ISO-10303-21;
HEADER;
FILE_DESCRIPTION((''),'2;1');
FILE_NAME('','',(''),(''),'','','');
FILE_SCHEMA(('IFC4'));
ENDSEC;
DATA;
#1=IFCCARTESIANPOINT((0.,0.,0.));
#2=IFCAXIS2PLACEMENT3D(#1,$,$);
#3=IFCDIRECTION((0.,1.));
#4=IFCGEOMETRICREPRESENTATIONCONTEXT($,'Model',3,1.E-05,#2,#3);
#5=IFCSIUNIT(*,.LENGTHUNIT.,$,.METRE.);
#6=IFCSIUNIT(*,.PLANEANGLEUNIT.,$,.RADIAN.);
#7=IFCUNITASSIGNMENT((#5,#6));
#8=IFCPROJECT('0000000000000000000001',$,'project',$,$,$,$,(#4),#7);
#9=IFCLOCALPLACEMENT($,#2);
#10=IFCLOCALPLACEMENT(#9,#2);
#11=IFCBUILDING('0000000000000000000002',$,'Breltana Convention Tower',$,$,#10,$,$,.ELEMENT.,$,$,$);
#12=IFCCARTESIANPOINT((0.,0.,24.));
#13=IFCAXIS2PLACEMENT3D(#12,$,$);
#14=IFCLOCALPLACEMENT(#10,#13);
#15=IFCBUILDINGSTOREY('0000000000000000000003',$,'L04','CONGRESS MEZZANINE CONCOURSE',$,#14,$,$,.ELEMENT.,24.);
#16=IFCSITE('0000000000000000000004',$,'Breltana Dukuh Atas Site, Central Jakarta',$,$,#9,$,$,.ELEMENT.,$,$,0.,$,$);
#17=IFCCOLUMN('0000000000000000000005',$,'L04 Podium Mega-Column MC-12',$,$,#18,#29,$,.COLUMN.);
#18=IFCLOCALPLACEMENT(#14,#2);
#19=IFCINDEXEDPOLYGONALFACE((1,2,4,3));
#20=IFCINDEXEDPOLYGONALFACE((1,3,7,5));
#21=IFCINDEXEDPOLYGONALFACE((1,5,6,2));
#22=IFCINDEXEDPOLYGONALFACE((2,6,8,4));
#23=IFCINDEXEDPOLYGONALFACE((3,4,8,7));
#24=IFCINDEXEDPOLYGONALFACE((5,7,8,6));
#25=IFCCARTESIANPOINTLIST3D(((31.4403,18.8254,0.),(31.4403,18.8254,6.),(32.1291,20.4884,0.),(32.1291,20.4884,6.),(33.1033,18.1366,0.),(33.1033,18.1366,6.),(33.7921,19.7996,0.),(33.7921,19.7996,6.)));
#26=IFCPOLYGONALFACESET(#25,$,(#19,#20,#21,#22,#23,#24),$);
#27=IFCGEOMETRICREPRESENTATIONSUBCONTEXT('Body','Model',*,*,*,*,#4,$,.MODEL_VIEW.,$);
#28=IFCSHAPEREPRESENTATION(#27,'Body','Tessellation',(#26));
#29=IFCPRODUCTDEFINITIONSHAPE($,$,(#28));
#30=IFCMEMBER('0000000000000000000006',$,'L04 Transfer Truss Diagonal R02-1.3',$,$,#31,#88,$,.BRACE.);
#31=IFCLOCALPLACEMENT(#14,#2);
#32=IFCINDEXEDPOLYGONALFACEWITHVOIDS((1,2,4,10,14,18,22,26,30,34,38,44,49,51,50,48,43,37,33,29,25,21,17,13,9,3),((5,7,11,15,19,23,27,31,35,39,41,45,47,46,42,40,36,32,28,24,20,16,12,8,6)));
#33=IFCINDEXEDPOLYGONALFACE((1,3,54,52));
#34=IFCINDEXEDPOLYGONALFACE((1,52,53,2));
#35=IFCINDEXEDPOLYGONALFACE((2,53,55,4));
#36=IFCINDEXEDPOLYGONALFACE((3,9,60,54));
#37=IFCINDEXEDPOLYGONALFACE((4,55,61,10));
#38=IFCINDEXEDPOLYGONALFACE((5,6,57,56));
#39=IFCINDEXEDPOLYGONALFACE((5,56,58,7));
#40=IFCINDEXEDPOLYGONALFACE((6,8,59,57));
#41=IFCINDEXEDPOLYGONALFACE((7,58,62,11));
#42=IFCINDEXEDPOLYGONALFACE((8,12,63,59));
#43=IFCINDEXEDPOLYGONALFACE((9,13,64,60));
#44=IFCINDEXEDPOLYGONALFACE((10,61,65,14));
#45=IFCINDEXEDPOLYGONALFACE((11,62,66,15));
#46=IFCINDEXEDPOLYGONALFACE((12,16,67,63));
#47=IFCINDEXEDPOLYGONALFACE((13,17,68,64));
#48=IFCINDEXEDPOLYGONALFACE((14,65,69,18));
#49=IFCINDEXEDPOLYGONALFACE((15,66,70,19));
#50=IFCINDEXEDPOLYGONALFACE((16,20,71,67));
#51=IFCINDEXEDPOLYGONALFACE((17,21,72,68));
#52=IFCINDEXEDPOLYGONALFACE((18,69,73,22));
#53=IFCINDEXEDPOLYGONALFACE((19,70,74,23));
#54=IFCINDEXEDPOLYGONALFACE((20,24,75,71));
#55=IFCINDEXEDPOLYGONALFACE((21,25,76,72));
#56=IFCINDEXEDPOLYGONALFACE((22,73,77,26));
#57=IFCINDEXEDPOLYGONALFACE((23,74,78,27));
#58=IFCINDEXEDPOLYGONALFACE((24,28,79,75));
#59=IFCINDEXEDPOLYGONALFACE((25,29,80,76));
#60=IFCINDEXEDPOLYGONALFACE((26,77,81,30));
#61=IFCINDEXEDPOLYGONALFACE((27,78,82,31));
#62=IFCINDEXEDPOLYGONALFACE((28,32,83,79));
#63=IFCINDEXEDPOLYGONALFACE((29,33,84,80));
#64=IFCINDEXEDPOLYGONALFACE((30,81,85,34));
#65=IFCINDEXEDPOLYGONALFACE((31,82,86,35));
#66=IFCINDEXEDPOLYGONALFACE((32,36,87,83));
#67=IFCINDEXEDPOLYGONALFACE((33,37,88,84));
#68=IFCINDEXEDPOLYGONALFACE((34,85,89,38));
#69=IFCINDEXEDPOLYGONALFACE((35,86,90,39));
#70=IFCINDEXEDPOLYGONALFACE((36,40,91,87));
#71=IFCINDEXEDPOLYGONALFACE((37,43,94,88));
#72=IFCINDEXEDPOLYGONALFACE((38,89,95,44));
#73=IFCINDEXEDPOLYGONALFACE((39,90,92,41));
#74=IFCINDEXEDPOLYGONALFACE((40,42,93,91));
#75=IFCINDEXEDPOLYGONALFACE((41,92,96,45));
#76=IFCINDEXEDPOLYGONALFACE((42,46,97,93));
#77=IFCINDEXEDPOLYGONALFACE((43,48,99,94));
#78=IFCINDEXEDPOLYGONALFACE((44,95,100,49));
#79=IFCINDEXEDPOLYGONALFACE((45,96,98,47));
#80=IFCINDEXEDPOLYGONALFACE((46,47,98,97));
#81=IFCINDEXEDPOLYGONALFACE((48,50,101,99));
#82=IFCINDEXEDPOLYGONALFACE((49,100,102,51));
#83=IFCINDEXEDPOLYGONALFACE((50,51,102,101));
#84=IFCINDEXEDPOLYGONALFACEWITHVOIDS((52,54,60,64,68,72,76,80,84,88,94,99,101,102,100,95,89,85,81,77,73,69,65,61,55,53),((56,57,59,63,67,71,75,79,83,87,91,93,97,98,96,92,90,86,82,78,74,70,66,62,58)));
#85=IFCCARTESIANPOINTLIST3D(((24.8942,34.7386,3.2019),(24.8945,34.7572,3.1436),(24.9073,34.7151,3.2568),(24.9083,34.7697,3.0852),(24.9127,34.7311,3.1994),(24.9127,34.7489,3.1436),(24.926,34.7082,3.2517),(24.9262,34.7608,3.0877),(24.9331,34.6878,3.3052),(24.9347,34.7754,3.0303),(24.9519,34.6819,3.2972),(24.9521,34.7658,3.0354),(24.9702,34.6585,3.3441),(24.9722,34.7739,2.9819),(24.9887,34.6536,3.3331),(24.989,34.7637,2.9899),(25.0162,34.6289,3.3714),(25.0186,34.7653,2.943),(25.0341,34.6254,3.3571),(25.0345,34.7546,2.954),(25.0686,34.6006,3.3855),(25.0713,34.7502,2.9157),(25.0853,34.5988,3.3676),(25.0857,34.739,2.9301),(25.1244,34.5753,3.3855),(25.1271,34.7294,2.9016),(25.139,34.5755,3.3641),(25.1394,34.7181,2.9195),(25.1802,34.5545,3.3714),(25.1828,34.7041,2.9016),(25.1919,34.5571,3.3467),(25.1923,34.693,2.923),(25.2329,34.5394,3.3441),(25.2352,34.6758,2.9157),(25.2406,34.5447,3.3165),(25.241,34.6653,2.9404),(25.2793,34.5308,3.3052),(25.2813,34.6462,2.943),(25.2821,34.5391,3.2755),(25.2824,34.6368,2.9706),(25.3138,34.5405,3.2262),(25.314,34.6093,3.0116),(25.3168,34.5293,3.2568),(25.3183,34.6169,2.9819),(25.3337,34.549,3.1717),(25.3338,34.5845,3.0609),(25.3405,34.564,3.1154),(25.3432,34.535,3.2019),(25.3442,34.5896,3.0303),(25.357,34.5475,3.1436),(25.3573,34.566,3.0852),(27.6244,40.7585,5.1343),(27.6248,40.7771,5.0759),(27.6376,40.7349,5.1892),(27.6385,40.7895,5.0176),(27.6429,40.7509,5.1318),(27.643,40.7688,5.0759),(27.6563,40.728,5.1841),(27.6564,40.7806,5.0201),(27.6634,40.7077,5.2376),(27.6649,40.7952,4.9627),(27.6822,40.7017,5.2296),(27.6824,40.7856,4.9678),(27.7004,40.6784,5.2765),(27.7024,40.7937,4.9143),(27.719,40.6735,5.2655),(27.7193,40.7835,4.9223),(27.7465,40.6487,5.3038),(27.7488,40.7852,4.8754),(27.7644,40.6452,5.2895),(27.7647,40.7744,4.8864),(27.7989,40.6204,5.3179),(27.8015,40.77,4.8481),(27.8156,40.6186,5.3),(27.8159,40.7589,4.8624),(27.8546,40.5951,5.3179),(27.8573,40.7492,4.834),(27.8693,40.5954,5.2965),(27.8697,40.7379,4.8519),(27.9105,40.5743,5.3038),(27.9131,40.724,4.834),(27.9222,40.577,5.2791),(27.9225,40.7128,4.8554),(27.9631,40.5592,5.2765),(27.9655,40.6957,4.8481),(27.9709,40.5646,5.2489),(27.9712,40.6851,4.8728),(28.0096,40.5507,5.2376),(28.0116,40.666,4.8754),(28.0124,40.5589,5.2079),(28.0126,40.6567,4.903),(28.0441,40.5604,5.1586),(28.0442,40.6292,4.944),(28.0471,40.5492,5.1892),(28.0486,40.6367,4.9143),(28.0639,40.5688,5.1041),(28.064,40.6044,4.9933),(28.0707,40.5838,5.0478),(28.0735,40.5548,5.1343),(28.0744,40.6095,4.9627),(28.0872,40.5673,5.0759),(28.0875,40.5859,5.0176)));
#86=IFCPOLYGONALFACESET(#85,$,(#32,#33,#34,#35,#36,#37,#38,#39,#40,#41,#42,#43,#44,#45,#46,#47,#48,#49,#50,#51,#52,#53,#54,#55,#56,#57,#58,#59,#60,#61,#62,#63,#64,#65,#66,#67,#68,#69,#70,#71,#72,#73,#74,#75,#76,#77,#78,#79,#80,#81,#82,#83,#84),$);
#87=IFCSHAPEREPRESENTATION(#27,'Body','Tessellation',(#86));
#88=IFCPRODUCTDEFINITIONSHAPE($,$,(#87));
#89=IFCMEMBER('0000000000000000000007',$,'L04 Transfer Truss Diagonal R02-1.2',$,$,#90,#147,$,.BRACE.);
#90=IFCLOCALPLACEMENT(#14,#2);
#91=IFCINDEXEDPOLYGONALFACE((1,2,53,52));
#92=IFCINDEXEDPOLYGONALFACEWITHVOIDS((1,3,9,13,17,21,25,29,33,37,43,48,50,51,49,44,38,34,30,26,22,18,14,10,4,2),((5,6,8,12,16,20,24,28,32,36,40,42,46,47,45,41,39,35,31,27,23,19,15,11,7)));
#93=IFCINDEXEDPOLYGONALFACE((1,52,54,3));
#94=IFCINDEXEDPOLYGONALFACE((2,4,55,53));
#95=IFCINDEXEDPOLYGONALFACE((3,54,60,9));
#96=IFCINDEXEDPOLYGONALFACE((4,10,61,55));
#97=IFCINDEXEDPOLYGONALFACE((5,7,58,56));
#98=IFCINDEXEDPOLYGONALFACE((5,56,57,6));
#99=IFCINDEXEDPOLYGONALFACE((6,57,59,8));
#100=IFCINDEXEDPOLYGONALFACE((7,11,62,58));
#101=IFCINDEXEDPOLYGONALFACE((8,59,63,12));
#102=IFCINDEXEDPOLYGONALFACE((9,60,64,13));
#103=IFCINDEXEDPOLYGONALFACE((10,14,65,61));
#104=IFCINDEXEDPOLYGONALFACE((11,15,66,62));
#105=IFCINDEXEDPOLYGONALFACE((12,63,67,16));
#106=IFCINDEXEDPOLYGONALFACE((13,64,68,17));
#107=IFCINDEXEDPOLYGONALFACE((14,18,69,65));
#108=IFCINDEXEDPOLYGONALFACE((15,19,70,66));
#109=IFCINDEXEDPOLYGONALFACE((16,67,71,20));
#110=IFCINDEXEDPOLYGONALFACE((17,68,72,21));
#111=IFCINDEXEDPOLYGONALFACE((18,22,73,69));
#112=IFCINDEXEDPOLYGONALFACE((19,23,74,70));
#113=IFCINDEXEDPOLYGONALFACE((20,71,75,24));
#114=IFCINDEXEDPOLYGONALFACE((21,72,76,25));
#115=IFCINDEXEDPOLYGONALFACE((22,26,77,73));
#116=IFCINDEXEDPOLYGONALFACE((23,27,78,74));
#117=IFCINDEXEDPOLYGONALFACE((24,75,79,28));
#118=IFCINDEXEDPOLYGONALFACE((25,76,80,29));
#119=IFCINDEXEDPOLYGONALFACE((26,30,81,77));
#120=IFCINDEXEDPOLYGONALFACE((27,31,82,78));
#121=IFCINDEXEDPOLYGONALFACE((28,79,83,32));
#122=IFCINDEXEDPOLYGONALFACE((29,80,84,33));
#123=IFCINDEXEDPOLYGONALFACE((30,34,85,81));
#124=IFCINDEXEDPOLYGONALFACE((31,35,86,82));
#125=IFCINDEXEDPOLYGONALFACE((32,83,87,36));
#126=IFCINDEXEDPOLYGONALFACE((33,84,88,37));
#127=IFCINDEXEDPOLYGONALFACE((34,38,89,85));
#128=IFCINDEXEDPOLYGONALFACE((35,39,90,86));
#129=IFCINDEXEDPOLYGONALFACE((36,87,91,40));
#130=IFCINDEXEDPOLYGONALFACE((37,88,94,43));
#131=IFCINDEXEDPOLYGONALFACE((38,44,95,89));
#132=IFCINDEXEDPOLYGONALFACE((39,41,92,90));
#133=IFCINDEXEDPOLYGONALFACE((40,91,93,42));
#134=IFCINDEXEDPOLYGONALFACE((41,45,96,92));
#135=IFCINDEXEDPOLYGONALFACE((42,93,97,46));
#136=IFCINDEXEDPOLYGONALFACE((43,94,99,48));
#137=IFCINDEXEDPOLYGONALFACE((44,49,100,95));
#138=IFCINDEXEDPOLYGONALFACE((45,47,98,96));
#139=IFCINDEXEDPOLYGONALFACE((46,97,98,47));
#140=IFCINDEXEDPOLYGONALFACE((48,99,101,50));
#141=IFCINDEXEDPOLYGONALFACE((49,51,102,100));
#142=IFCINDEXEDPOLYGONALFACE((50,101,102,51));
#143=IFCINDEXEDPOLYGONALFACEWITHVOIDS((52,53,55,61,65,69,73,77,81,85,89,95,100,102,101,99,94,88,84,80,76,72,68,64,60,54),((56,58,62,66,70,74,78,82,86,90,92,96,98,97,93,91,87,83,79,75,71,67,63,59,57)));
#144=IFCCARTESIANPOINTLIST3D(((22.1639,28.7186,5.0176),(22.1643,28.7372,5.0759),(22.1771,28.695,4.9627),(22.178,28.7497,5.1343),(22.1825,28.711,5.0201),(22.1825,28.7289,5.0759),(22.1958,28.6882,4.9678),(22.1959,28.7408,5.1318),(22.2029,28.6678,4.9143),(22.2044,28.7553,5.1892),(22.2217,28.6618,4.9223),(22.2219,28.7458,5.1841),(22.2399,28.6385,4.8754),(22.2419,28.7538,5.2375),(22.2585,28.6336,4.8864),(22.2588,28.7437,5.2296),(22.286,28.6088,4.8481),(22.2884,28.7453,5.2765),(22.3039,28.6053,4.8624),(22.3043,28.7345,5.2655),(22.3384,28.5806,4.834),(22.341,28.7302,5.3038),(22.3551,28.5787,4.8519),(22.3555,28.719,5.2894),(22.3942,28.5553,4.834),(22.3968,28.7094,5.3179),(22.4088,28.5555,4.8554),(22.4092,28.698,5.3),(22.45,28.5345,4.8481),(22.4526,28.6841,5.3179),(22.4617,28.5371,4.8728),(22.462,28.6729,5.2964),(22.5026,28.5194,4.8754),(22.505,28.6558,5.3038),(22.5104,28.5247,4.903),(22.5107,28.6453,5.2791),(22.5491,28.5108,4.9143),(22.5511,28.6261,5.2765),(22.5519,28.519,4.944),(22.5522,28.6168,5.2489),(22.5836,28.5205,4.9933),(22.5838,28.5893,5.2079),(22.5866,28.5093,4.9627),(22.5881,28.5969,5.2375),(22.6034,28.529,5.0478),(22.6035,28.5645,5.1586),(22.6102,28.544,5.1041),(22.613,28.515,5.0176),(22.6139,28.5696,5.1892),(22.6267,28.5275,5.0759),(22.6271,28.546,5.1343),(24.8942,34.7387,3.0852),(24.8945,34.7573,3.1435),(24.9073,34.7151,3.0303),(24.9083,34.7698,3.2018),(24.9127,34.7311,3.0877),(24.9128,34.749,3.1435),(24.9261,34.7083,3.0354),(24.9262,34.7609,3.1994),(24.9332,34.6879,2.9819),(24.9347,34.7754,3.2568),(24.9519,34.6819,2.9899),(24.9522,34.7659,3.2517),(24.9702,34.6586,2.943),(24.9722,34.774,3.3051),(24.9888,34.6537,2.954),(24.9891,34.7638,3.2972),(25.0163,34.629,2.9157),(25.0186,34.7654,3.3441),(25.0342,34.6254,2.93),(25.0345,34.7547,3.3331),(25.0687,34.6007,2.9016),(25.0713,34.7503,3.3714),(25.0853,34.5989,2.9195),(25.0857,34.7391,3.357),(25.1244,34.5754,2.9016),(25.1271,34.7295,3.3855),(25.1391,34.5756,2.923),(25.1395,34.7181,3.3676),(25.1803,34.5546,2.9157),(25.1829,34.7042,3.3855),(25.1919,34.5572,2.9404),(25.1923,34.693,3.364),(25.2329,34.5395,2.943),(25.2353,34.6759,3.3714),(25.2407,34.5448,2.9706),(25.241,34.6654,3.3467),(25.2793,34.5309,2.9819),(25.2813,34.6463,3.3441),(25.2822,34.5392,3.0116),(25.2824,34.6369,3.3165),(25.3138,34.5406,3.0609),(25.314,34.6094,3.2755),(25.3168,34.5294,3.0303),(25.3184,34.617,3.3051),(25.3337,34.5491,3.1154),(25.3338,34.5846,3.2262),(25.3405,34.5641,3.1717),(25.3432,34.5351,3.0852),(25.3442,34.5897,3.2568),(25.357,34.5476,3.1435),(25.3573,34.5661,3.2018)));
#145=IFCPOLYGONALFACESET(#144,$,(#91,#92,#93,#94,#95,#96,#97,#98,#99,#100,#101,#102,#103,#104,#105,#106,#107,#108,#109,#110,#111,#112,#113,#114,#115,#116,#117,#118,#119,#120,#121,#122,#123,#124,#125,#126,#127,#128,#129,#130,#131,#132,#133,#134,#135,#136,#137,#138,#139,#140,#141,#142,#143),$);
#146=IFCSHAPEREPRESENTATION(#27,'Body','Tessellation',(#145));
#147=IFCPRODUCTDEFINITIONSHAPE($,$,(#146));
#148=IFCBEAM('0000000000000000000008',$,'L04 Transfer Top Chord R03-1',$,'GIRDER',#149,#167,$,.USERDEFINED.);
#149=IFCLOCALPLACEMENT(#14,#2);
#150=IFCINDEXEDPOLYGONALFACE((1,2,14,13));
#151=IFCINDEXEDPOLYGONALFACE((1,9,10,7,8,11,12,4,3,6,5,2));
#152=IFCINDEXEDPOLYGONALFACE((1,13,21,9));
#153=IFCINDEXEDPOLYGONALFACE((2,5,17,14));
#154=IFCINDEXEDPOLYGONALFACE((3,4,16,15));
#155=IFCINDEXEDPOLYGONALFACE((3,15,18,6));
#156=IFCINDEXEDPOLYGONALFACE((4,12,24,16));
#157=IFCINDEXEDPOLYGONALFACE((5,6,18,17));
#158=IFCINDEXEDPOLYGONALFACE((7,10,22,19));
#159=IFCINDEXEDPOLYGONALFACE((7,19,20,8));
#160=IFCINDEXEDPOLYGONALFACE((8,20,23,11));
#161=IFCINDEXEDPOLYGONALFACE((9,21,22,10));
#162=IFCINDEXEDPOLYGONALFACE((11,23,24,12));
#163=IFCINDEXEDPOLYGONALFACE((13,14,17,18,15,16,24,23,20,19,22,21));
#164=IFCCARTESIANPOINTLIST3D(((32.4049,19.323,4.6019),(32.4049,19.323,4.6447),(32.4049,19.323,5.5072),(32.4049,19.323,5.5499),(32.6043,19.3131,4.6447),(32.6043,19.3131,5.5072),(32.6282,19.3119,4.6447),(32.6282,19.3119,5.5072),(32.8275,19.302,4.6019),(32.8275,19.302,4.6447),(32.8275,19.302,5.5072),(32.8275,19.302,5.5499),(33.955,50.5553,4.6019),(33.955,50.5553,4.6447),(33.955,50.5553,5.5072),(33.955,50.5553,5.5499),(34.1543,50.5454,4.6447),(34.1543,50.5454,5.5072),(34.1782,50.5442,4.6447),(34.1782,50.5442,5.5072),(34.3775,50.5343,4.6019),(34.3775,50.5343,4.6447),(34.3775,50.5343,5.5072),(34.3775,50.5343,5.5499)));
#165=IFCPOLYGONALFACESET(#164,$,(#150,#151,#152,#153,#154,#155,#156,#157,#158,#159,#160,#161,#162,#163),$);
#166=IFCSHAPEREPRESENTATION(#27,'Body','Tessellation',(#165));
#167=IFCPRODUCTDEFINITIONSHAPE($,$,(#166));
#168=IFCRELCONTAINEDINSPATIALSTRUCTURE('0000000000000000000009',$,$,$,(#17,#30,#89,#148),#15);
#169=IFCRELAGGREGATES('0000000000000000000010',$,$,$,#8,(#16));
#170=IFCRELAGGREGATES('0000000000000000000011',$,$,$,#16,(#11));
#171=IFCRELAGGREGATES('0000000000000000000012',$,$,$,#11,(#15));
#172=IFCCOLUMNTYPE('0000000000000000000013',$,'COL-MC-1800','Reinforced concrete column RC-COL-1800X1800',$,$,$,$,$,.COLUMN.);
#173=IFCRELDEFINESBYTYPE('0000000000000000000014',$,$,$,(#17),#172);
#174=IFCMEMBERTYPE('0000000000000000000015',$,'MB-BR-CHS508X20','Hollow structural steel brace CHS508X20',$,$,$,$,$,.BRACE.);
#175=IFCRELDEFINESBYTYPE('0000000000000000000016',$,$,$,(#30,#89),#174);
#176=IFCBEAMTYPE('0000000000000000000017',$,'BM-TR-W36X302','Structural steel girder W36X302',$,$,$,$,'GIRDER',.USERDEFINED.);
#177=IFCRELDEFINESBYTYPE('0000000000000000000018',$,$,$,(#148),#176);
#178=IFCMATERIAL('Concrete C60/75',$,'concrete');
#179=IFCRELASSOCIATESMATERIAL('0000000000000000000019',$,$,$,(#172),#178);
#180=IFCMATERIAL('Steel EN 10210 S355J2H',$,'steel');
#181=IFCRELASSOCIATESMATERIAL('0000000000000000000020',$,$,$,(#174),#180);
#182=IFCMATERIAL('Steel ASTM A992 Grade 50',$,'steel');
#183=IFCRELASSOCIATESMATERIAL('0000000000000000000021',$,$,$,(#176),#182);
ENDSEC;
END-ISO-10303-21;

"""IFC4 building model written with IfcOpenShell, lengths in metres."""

from ifc_helpers import new_model, si_unit, direction, frame, origin, origin_2d, place, context, subcontext, project, spatial, rectangle, hollow_circle, i_section, extrude, source, transform, mapped, material, material_profile, profile_set, type_object, type_shapes, element, save


model = new_model("IFC4")

# Units and contexts
model_context = context("Model", 3, precision=1e-05, world=origin(), true_north=direction((0.0, 1.0)))
body_context = subcontext(model_context, "Body", "Model", "MODEL_VIEW")
ifc_project = project(units=[si_unit("LENGTHUNIT", "METRE"), si_unit("PLANEANGLEUNIT", "RADIAN")], contexts=[model_context])

# Site, building, storey
site_placement = place(None, origin())
site = spatial("IfcSite", under=ifc_project, at=site_placement, Name="Breltana Dukuh Atas Site, Central Jakarta", CompositionType="ELEMENT", RefElevation=0.0)
building_placement = place(site_placement, origin())
building = spatial("IfcBuilding", under=site, at=building_placement, Name="Breltana Convention Tower", CompositionType="ELEMENT")
storey_placement = place(building_placement, frame((0.0, 0.0, 24.0)))
storey = spatial("IfcBuildingStorey", under=building, at=storey_placement, Name="L04", Description="CONGRESS MEZZANINE CONCOURSE", CompositionType="ELEMENT", Elevation=24.0)

# Column
ifc_material_1 = material(Name="Concrete C60/75", Category="concrete")
ifc_material_profile_1 = material_profile(ifc_material_1, rectangle(XDim=1.8, YDim=1.8, at=origin_2d()), Name="RC-COL-1800X1800")
ifc_profile_set_1 = profile_set([ifc_material_profile_1], Name="Concrete C60/75")
column_type = type_object("IfcColumnType", Name="COL-MC-1800", Description="Reinforced concrete column RC-COL-1800X1800", PredefinedType="COLUMN", material=ifc_profile_set_1)
shared_shape_1 = source(origin(), body_context, "Body", "SweptSolid", [
    extrude(rectangle(XDim=1.8, YDim=1.8, at=origin_2d()), origin(), (0.0, 0.0, 1.0), 6.0),
])
type_shapes(column_type, [shared_shape_1])
column_placement = place(storey_placement, frame((32.6162, 19.3125, 0.0), z_axis=(0.0, 0.0, 1.0), x_axis=(-0.382683, -0.92388, 0.0)))
element("IfcColumn", 1, at=column_placement, inside=storey, type_object=column_type, Name="L04 Podium Mega-Column MC-12", PredefinedType="COLUMN", context=body_context, shape_type="MappedRepresentation", body=[
    mapped(shared_shape_1, transform((0.0, 0.0, 0.0), scale=1.0)),
])

# Members
ifc_material_2 = material(Name="Steel EN 10210 S355J2H", Category="steel")
ifc_material_profile_2 = material_profile(ifc_material_2, hollow_circle(Radius=0.2539, WallThickness=0.02, at=origin_2d()), Name="CHS508X20")
ifc_profile_set_2 = profile_set([ifc_material_profile_2], Name="Steel EN 10210 S355J2H")
member_type = type_object("IfcMemberType", Name="MB-BR-CHS508X20", Description="Hollow structural steel brace CHS508X20", PredefinedType="BRACE", material=ifc_profile_set_2)
shared_shape_2 = source(origin(), body_context, "Body", "SweptSolid", [
    extrude(hollow_circle(Radius=0.2539, WallThickness=0.02, at=origin_2d()), origin(), (0.0, 0.0, 1.0), 6.8867),
])
member_1_placement = place(storey_placement, frame((25.1257, 34.6523, 3.1436), z_axis=(0.396452, 0.874123, 0.280597), x_axis=(-0.91071, 0.413046, 0.0)))
element("IfcMember", 2, at=member_1_placement, inside=storey, type_object=member_type, Name="L04 Transfer Truss Diagonal R02-1.3", PredefinedType="BRACE", context=body_context, shape_type="MappedRepresentation", body=[
    mapped(shared_shape_2, transform((0.0, 0.0, 0.0), scale=1.0)),
])
shared_shape_3 = source(origin(), body_context, "Body", "SweptSolid", [
    extrude(hollow_circle(Radius=0.2539, WallThickness=0.02, at=origin_2d()), origin(), (0.0, 0.0, 1.0), 6.887),
])
member_2_placement = place(storey_placement, frame((22.3955, 28.6323, 5.0759), z_axis=(0.39644, 0.874131, -0.280588), x_axis=(-0.910717, 0.413032, 0.0)))
element("IfcMember", 3, at=member_2_placement, inside=storey, type_object=member_type, Name="L04 Transfer Truss Diagonal R02-1.2", PredefinedType="BRACE", context=body_context, shape_type="MappedRepresentation", body=[
    mapped(shared_shape_3, transform((0.0, 0.0, 0.0), scale=1.0)),
])

# Beam
ifc_material_3 = material(Name="Steel ASTM A992 Grade 50", Category="steel")
ifc_material_profile_3 = material_profile(ifc_material_3, i_section(OverallWidth=0.4231, OverallDepth=0.948, WebThickness=0.0239, FlangeThickness=0.0427, at=origin_2d()), Name="W36X302")
ifc_profile_set_3 = profile_set([ifc_material_profile_3], Name="Steel ASTM A992 Grade 50")
beam_type_1 = type_object("IfcBeamType", Name="BM-TR-W36X302", Description="Structural steel girder W36X302", ElementType="GIRDER", PredefinedType="USERDEFINED", material=ifc_profile_set_3)
shared_shape_4 = source(origin(), body_context, "Body", "SweptSolid", [
    extrude(i_section(OverallWidth=0.4231, OverallDepth=0.948, WebThickness=0.0239, FlangeThickness=0.0427, at=origin_2d()), origin(), (0.0, 0.0, 1.0), 31.2708),
])
beam_1_placement = place(storey_placement, frame((32.6162, 19.3125, 5.0759), z_axis=(0.049568, 0.998771, 0.0), x_axis=(-0.998771, 0.049568, 0.0)))
element("IfcBeam", 4, at=beam_1_placement, inside=storey, type_object=beam_type_1, Name="L04 Transfer Top Chord R03-1", ObjectType="GIRDER", PredefinedType="USERDEFINED", context=body_context, shape_type="MappedRepresentation", body=[
    mapped(shared_shape_4, transform((0.0, 0.0, 0.0), scale=1.0)),
])

save(model, "model.ifc")
